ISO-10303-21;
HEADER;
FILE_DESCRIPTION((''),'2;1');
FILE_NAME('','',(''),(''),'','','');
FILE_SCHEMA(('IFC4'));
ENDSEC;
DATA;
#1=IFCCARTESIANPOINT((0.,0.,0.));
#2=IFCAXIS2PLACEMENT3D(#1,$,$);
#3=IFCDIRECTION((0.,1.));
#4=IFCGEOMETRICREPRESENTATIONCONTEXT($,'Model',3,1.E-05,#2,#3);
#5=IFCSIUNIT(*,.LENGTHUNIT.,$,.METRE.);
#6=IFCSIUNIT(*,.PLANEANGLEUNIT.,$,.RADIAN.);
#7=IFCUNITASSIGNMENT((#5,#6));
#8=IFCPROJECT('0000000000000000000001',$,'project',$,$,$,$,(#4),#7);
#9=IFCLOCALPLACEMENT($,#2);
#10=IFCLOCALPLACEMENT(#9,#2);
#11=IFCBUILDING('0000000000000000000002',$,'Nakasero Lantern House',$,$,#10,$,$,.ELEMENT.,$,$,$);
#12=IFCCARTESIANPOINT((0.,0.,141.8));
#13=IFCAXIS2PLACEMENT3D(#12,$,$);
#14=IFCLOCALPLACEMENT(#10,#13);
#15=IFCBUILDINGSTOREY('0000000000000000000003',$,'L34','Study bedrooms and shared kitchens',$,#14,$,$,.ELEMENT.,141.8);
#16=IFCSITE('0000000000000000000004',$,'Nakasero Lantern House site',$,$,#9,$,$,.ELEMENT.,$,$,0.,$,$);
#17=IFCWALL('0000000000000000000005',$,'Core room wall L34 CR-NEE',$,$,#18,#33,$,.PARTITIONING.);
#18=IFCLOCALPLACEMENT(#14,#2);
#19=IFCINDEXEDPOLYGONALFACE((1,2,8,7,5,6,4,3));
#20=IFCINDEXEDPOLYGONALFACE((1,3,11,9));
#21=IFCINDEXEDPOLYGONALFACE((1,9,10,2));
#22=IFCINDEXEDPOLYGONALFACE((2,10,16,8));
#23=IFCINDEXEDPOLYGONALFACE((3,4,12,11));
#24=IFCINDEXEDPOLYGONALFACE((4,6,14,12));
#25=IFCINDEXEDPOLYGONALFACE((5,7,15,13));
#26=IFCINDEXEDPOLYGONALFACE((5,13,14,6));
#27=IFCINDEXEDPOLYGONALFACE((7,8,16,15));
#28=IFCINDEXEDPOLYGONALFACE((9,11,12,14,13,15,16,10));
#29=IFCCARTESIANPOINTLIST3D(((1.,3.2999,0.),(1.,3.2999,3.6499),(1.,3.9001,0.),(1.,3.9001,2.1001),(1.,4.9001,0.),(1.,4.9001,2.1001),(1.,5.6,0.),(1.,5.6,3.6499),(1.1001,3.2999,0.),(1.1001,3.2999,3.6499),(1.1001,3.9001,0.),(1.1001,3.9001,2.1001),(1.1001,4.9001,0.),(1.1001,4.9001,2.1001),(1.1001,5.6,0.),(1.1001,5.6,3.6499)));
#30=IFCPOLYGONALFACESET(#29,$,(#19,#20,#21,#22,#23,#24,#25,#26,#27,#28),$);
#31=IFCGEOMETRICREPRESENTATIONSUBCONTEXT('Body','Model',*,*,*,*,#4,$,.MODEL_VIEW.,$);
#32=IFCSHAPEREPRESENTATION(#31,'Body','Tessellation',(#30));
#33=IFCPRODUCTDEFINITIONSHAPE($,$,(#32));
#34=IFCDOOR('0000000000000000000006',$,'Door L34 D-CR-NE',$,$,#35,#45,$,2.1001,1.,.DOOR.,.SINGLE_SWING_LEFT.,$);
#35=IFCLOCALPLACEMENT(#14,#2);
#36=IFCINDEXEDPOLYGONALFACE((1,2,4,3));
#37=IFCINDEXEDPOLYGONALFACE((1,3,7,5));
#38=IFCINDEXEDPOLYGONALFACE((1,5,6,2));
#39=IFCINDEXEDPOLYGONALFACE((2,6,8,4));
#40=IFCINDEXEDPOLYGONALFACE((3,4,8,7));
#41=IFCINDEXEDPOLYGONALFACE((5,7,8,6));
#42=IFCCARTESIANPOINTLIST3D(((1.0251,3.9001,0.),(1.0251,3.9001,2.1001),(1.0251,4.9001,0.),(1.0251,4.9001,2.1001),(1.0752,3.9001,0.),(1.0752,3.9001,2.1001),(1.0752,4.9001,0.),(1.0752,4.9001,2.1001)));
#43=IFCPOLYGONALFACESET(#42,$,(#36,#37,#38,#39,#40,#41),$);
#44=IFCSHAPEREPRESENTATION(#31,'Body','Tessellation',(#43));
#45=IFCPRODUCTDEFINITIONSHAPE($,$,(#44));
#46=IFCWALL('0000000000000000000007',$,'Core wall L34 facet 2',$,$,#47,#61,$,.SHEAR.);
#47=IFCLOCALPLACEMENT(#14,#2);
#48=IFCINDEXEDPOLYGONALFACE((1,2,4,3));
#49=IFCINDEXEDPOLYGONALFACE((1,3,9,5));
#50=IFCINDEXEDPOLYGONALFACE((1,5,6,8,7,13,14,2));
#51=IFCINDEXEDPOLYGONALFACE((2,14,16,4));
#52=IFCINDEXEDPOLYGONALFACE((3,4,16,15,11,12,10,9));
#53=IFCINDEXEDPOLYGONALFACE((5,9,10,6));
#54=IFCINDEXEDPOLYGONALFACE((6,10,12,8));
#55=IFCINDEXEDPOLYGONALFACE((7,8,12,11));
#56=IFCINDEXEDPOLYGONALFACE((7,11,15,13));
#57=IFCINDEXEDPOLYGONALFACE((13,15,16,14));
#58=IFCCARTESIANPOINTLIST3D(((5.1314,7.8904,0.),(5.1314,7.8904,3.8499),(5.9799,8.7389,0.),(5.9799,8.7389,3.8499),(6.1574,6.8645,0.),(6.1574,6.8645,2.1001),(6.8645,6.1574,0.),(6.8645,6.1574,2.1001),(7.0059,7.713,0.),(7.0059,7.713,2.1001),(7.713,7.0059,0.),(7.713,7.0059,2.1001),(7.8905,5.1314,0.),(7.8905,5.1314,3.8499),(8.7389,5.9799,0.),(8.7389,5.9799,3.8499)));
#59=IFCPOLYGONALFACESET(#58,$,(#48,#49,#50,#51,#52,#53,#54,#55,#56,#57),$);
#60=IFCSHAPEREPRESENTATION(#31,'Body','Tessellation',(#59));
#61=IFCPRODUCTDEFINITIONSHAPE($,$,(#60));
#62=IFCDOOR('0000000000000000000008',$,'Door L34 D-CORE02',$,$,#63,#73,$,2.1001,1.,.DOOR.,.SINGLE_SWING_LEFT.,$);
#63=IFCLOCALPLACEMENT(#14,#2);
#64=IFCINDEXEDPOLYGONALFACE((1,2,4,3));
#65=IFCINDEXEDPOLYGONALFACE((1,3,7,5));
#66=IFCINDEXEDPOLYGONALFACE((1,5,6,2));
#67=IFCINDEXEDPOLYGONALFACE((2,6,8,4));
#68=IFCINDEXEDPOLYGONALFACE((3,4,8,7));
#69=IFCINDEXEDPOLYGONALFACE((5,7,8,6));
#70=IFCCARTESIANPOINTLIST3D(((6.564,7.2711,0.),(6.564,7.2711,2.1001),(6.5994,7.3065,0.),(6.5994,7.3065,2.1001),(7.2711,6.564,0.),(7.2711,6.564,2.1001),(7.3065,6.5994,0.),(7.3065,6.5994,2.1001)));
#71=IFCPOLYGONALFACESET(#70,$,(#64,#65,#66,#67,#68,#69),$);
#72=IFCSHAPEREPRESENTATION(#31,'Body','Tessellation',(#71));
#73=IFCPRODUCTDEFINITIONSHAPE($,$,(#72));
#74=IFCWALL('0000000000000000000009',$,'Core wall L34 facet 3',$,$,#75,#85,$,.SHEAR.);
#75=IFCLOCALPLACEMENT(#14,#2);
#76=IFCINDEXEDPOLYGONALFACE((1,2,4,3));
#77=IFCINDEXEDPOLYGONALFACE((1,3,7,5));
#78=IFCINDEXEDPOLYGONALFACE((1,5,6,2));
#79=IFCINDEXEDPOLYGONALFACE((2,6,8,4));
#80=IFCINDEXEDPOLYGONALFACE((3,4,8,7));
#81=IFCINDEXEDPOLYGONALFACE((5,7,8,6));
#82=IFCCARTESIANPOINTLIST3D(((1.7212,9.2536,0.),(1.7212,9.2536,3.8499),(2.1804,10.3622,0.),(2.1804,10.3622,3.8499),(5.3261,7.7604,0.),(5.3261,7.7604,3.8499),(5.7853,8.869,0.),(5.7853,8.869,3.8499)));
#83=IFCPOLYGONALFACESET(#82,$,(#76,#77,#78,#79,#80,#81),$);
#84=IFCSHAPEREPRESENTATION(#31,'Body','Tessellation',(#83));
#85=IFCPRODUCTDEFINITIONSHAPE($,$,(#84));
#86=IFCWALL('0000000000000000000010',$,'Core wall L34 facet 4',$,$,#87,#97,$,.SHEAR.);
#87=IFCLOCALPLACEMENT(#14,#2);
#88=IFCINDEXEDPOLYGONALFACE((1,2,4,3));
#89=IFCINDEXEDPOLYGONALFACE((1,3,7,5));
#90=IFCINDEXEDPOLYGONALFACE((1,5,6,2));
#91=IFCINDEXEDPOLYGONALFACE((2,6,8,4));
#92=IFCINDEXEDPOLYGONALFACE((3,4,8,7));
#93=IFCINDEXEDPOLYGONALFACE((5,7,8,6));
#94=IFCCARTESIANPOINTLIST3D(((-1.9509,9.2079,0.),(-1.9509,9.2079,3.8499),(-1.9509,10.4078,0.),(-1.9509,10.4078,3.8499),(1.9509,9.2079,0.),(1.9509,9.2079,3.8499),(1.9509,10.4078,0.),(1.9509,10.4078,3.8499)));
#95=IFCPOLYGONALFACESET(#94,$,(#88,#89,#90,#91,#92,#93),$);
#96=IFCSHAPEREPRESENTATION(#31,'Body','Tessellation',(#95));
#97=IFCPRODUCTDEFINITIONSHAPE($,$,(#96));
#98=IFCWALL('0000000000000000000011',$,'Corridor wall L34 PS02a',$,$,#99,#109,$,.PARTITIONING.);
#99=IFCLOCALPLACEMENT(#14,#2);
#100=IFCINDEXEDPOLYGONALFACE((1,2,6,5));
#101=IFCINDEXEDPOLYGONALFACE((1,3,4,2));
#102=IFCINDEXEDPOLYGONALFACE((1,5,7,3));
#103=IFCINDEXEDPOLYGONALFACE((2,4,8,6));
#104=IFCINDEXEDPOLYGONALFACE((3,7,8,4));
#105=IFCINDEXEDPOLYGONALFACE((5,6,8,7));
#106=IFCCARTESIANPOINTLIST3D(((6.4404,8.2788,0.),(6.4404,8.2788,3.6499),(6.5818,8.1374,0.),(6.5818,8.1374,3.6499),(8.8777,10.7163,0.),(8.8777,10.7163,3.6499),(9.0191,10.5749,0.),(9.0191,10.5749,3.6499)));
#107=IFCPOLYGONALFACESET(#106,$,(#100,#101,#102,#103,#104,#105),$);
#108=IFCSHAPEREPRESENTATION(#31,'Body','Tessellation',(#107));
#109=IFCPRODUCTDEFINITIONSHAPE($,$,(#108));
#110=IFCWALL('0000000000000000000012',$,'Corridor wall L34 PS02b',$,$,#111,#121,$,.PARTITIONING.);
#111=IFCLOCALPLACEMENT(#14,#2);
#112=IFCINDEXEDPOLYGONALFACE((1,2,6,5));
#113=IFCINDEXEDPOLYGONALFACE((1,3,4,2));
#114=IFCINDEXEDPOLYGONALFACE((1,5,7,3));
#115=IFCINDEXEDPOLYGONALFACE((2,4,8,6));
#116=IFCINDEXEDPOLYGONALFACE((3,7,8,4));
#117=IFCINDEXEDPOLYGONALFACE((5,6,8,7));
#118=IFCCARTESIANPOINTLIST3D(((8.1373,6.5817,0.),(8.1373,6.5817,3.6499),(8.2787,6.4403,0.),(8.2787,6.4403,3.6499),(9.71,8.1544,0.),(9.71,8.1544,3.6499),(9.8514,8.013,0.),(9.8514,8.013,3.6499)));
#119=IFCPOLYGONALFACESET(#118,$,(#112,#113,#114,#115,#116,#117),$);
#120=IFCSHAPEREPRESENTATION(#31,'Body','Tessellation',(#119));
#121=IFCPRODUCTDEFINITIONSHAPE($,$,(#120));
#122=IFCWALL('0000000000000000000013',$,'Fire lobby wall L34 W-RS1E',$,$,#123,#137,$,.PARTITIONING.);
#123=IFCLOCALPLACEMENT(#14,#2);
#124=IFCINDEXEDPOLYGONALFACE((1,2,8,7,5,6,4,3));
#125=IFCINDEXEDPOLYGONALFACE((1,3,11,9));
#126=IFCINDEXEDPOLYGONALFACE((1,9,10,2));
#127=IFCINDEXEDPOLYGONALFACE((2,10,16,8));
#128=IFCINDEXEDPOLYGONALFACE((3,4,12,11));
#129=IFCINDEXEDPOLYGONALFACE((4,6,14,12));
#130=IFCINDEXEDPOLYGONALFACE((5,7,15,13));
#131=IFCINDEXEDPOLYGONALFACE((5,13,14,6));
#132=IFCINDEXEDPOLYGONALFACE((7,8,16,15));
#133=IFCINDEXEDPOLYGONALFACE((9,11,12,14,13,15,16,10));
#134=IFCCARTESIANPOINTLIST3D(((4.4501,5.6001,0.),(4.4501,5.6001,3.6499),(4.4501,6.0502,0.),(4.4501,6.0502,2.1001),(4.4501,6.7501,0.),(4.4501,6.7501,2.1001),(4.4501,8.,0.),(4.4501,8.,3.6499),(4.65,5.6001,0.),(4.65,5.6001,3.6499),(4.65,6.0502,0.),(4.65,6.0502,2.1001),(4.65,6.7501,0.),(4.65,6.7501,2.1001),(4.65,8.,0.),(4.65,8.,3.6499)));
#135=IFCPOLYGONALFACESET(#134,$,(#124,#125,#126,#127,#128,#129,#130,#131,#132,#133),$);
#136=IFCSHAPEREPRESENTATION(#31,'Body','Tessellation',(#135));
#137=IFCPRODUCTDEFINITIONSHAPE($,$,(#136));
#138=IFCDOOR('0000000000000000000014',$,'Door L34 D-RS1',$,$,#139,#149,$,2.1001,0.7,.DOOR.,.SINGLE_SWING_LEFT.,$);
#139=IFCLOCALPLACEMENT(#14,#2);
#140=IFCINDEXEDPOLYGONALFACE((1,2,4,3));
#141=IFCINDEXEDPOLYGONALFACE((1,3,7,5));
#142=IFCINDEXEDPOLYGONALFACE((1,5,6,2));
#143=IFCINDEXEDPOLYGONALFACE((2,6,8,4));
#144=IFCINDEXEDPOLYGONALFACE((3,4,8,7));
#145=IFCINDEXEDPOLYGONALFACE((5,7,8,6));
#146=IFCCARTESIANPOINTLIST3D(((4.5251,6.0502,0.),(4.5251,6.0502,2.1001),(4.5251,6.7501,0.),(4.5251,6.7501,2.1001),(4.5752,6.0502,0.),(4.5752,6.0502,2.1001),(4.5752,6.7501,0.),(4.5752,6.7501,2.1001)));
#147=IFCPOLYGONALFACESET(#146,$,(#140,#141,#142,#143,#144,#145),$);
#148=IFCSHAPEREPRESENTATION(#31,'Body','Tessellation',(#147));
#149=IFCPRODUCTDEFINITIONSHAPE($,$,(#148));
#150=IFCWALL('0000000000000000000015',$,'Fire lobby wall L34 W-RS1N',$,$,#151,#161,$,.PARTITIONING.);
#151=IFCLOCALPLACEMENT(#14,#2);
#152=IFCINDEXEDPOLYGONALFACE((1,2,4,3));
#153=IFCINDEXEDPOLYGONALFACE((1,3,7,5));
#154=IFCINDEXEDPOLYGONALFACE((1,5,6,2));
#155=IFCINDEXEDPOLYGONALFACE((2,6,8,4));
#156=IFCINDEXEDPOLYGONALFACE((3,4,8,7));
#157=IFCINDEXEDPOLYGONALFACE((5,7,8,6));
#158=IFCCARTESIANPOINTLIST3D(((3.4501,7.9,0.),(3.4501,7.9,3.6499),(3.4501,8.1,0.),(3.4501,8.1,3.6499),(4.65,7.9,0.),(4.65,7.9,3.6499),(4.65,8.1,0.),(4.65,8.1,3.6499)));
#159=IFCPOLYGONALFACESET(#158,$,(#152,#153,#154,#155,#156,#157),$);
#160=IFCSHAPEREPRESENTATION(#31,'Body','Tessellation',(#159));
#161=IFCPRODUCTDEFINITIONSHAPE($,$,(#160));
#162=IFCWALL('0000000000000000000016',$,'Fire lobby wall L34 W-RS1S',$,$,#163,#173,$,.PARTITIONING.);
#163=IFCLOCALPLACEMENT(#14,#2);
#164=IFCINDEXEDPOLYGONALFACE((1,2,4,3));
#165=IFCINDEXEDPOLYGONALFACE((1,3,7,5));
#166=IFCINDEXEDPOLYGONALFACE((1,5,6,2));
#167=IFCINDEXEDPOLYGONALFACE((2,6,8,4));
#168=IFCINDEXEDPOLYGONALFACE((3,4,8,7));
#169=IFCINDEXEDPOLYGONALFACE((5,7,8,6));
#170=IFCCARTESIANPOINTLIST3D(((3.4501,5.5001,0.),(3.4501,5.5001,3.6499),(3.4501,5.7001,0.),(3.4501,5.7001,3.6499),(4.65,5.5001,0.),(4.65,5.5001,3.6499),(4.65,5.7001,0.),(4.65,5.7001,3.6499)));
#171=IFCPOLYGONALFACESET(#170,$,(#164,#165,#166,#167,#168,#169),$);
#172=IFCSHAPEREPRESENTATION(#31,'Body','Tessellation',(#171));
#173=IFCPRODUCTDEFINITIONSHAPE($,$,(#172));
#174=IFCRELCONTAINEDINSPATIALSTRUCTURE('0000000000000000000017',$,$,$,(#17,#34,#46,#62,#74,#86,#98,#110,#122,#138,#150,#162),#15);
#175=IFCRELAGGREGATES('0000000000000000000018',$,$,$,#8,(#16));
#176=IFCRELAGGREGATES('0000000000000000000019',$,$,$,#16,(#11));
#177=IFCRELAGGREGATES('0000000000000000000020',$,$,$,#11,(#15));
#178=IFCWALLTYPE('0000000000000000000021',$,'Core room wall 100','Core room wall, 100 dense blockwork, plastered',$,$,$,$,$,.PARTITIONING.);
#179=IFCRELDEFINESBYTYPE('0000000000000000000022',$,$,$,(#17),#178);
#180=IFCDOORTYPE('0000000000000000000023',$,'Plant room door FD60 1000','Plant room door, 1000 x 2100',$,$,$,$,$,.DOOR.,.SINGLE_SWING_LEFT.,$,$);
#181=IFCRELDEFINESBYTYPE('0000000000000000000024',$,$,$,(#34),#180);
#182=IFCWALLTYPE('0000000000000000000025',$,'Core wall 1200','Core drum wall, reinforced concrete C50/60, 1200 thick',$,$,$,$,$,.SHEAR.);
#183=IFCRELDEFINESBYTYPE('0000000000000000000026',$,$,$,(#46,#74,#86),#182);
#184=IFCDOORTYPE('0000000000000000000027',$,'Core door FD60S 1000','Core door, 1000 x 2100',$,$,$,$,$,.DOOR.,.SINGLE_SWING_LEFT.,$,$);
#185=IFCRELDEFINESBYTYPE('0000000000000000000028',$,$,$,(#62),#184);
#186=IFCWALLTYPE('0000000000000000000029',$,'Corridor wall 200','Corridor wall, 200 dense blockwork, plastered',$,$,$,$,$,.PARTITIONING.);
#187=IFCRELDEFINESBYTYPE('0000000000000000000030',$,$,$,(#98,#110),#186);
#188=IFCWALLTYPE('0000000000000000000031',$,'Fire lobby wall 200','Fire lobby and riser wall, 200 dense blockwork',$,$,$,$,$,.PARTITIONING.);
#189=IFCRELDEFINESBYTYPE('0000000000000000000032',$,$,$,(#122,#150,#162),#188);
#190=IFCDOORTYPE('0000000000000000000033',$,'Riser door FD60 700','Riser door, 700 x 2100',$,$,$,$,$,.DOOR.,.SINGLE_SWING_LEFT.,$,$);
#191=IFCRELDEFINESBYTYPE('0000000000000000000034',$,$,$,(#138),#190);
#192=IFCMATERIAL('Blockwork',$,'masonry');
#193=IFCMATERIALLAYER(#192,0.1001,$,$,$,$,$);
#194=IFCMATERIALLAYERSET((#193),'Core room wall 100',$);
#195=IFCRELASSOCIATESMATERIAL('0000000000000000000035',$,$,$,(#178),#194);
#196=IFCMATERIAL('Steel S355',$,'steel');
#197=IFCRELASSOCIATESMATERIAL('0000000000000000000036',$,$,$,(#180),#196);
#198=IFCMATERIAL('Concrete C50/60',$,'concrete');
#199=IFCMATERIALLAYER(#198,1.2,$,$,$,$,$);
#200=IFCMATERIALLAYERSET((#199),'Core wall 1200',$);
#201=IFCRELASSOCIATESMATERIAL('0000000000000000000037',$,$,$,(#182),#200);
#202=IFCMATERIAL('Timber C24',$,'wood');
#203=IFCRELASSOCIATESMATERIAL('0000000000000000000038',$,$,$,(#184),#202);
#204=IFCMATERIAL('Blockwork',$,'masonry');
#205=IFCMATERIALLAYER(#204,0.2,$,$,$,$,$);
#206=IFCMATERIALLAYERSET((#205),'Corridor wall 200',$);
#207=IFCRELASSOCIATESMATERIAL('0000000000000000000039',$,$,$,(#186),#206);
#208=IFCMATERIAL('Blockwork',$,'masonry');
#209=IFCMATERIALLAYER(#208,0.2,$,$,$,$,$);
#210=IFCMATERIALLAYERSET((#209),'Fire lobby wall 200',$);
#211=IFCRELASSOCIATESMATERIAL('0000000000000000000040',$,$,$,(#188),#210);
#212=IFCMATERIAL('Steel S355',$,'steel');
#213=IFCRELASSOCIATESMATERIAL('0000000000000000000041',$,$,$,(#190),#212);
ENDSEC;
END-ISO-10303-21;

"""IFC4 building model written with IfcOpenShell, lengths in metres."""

from ifc_helpers import new_model, si_unit, direction, frame, frame_2d, origin, place, context, subcontext, project, spatial, rectangle, extrude, material, layer, layer_set, type_object, element, fill, save


model = new_model("IFC4")

# Units and contexts
model_context = context("Model", 3, precision=1e-05, world=origin(), true_north=direction((0.0, 1.0)))
body_context = subcontext(model_context, "Body", "Model", "MODEL_VIEW")
ifc_project = project(units=[si_unit("LENGTHUNIT", "METRE"), si_unit("PLANEANGLEUNIT", "RADIAN")], contexts=[model_context])

# Site, building, storey
site_placement = place(None, origin())
site = spatial("IfcSite", under=ifc_project, at=site_placement, Name="Nakasero Lantern House site", CompositionType="ELEMENT", RefElevation=0.0)
building_placement = place(site_placement, origin())
building = spatial("IfcBuilding", under=site, at=building_placement, Name="Nakasero Lantern House", CompositionType="ELEMENT")
storey_placement = place(building_placement, frame((0.0, 0.0, 141.8)))
storey = spatial("IfcBuildingStorey", under=building, at=storey_placement, Name="L34", Description="Study bedrooms and shared kitchens", CompositionType="ELEMENT", Elevation=141.8)

# Walls, openings, doors
ifc_material_1 = material(Name="Blockwork", Category="masonry")
ifc_layer_1 = layer(ifc_material_1, 0.1001)
ifc_layer_set_1 = layer_set([ifc_layer_1], Name="Core room wall 100")
wall_type_1 = type_object("IfcWallType", Name="Core room wall 100", Description="Core room wall, 100 dense blockwork, plastered", PredefinedType="PARTITIONING", material=ifc_layer_set_1)
wall_1_placement = place(storey_placement, frame((1.05, 3.3, 0.0), z_axis=(0.0, 0.0, 1.0), x_axis=(0.0, 1.0, 0.0)))
wall_1 = element("IfcWall", 1, at=wall_1_placement, inside=storey, type_object=wall_type_1, Name="Core room wall L34 CR-NEE", PredefinedType="PARTITIONING", context=body_context, shape_type="SweptSolid", body=[
    extrude(rectangle(XDim=2.3, YDim=0.1001, at=frame_2d((1.1499, 0.0))), origin(), (0.0, 0.0, 1.0), 3.6499),
])
opening_1_placement = place(wall_1_placement, frame((0.6001, 0.0, 0.0)))
opening_1 = element("IfcOpeningElement", 2, at=opening_1_placement, cuts=wall_1, PredefinedType="OPENING", context=body_context, shape_type="SweptSolid", body=[
    extrude(rectangle(XDim=1.0, YDim=2.1001, at=frame_2d((0.5, 1.05))), frame((0.0, 0.0701, 0.0), z_axis=(0.0, -1.0, 0.0), x_axis=(1.0, 0.0, 0.0)), (0.0, 0.0, 1.0), 0.1401),
])
ifc_material_2 = material(Name="Steel S355", Category="steel")
door_type_1 = type_object("IfcDoorType", Name="Plant room door FD60 1000", Description="Plant room door, 1000 x 2100", OperationType="SINGLE_SWING_LEFT", PredefinedType="DOOR", material=ifc_material_2)
door_1_placement = place(opening_1_placement, origin())
door_1 = element("IfcDoor", 3, at=door_1_placement, inside=storey, type_object=door_type_1, Name="Door L34 D-CR-NE", OperationType="SINGLE_SWING_LEFT", OverallHeight=2.1001, OverallWidth=1.0, PredefinedType="DOOR", context=body_context, shape_type="SweptSolid", body=[
    extrude(rectangle(XDim=1.0, YDim=2.1001, at=frame_2d((0.5, 1.05))), frame((0.0, 0.0249, 0.0), z_axis=(0.0, -1.0, 0.0), x_axis=(1.0, 0.0, 0.0)), (0.0, 0.0, 1.0), 0.05),
])
fill(opening_1, door_1)
ifc_material_3 = material(Name="Concrete C50/60", Category="concrete")
ifc_layer_2 = layer(ifc_material_3, 1.2)
ifc_layer_set_2 = layer_set([ifc_layer_2], Name="Core wall 1200")
wall_type_2 = type_object("IfcWallType", Name="Core wall 1200", Description="Core drum wall, reinforced concrete C50/60, 1200 thick", PredefinedType="SHEAR", material=ifc_layer_set_2)
wall_2_placement = place(storey_placement, frame((8.3147, 5.5557, 0.0), z_axis=(0.0, 0.0, 1.0), x_axis=(-0.707107, 0.707107, 0.0)))
wall_2 = element("IfcWall", 4, at=wall_2_placement, inside=storey, type_object=wall_type_2, Name="Core wall L34 facet 2", PredefinedType="SHEAR", context=body_context, shape_type="SweptSolid", body=[
    extrude(rectangle(XDim=3.9019, YDim=1.2, at=frame_2d((1.9509, 0.0))), origin(), (0.0, 0.0, 1.0), 3.8499),
])
opening_2_placement = place(wall_2_placement, frame((1.4509, 0.0, 0.0)))
opening_2 = element("IfcOpeningElement", 5, at=opening_2_placement, cuts=wall_2, PredefinedType="OPENING", context=body_context, shape_type="SweptSolid", body=[
    extrude(rectangle(XDim=1.0, YDim=2.1001, at=frame_2d((0.5, 1.05))), frame((0.0, 0.6199, 0.0), z_axis=(0.0, -1.0, 0.0), x_axis=(1.0, 0.0, 0.0)), (0.0, 0.0, 1.0), 1.24),
])
ifc_material_4 = material(Name="Timber C24", Category="wood")
door_type_2 = type_object("IfcDoorType", Name="Core door FD60S 1000", Description="Core door, 1000 x 2100", OperationType="SINGLE_SWING_LEFT", PredefinedType="DOOR", material=ifc_material_4)
door_2_placement = place(opening_2_placement, origin())
door_2 = element("IfcDoor", 6, at=door_2_placement, inside=storey, type_object=door_type_2, Name="Door L34 D-CORE02", OperationType="SINGLE_SWING_LEFT", OverallHeight=2.1001, OverallWidth=1.0, PredefinedType="DOOR", context=body_context, shape_type="SweptSolid", body=[
    extrude(rectangle(XDim=1.0, YDim=2.1001, at=frame_2d((0.5, 1.05))), frame((0.0, 0.0249, 0.0), z_axis=(0.0, -1.0, 0.0), x_axis=(1.0, 0.0, 0.0)), (0.0, 0.0, 1.0), 0.05),
])
fill(opening_2, door_2)

# Walls
for number, where, z_axis, x_axis, name in (
    (7, (5.5557, 8.3147, 0.0), (0.0, 0.0, 1.0), (-0.923877, 0.382691, 0.0), "Core wall L34 facet 3"),
    (8, (1.9509, 9.8079, 0.0), (0.0, 0.0, 1.0), (-1.0, 0.0, 0.0), "Core wall L34 facet 4"),
):
    element("IfcWall", number, at=place(storey_placement, frame(where, z_axis=z_axis, x_axis=x_axis)), inside=storey, type_object=wall_type_2, Name=name, PredefinedType="SHEAR", context=body_context, shape_type="SweptSolid", body=[
        extrude(rectangle(XDim=3.9019, YDim=1.2, at=frame_2d((1.9509, 0.0))), origin(), (0.0, 0.0, 1.0), 3.8499),
    ])
ifc_material_5 = material(Name="Blockwork", Category="masonry")
ifc_layer_3 = layer(ifc_material_5, 0.2)
ifc_layer_set_3 = layer_set([ifc_layer_3], Name="Corridor wall 200")
wall_type_3 = type_object("IfcWallType", Name="Corridor wall 200", Description="Corridor wall, 200 dense blockwork, plastered", PredefinedType="PARTITIONING", material=ifc_layer_set_3)
wall_3_placement = place(storey_placement, frame((6.511, 8.208, 0.0), z_axis=(0.0, 0.0, 1.0), x_axis=(0.707071, 0.707142, 0.0)))
element("IfcWall", 9, at=wall_3_placement, inside=storey, type_object=wall_type_3, Name="Corridor wall L34 PS02a", PredefinedType="PARTITIONING", context=body_context, shape_type="SweptSolid", body=[
    extrude(rectangle(XDim=3.447, YDim=0.2, at=frame_2d((1.7236, 0.0))), origin(), (0.0, 0.0, 1.0), 3.6499),
])
wall_4_placement = place(storey_placement, frame((8.208, 6.511, 0.0), z_axis=(0.0, 0.0, 1.0), x_axis=(0.707107, 0.707107, 0.0)))
element("IfcWall", 10, at=wall_4_placement, inside=storey, type_object=wall_type_3, Name="Corridor wall L34 PS02b", PredefinedType="PARTITIONING", context=body_context, shape_type="SweptSolid", body=[
    extrude(rectangle(XDim=2.2241, YDim=0.2, at=frame_2d((1.1121, 0.0))), origin(), (0.0, 0.0, 1.0), 3.6499),
])

# Wall, opening, door
ifc_material_6 = material(Name="Blockwork", Category="masonry")
ifc_layer_4 = layer(ifc_material_6, 0.2)
ifc_layer_set_4 = layer_set([ifc_layer_4], Name="Fire lobby wall 200")
wall_type_4 = type_object("IfcWallType", Name="Fire lobby wall 200", Description="Fire lobby and riser wall, 200 dense blockwork", PredefinedType="PARTITIONING", material=ifc_layer_set_4)
wall_5_placement = place(storey_placement, frame((4.55, 5.6001, 0.0), z_axis=(0.0, 0.0, 1.0), x_axis=(0.0, 1.0, 0.0)))
wall_5 = element("IfcWall", 11, at=wall_5_placement, inside=storey, type_object=wall_type_4, Name="Fire lobby wall L34 W-RS1E", PredefinedType="PARTITIONING", context=body_context, shape_type="SweptSolid", body=[
    extrude(rectangle(XDim=2.3999, YDim=0.2, at=frame_2d((1.2, 0.0))), origin(), (0.0, 0.0, 1.0), 3.6499),
])
opening_3_placement = place(wall_5_placement, frame((0.45, 0.0, 0.0)))
opening_3 = element("IfcOpeningElement", 12, at=opening_3_placement, cuts=wall_5, PredefinedType="OPENING", context=body_context, shape_type="SweptSolid", body=[
    extrude(rectangle(XDim=0.7, YDim=2.1001, at=frame_2d((0.3501, 1.05))), frame((0.0, 0.1199, 0.0), z_axis=(0.0, -1.0, 0.0), x_axis=(1.0, 0.0, 0.0)), (0.0, 0.0, 1.0), 0.24),
])
ifc_material_7 = material(Name="Steel S355", Category="steel")
door_type_3 = type_object("IfcDoorType", Name="Riser door FD60 700", Description="Riser door, 700 x 2100", OperationType="SINGLE_SWING_LEFT", PredefinedType="DOOR", material=ifc_material_7)
door_3_placement = place(opening_3_placement, origin())
door_3 = element("IfcDoor", 13, at=door_3_placement, inside=storey, type_object=door_type_3, Name="Door L34 D-RS1", OperationType="SINGLE_SWING_LEFT", OverallHeight=2.1001, OverallWidth=0.7, PredefinedType="DOOR", context=body_context, shape_type="SweptSolid", body=[
    extrude(rectangle(XDim=0.7, YDim=2.1001, at=frame_2d((0.3501, 1.05))), frame((0.0, 0.0249, 0.0), z_axis=(0.0, -1.0, 0.0), x_axis=(1.0, 0.0, 0.0)), (0.0, 0.0, 1.0), 0.05),
])
fill(opening_3, door_3)

# Walls
for number, where, z_axis, x_axis, name in (
    (14, (3.45, 8.0, 0.0), (0.0, 0.0, 1.0), (1.0, 0.0, 0.0), "Fire lobby wall L34 W-RS1N"),
    (15, (3.45, 5.6001, 0.0), (0.0, 0.0, 1.0), (1.0, 0.0, 0.0), "Fire lobby wall L34 W-RS1S"),
):
    element("IfcWall", number, at=place(storey_placement, frame(where, z_axis=z_axis, x_axis=x_axis)), inside=storey, type_object=wall_type_4, Name=name, PredefinedType="PARTITIONING", context=body_context, shape_type="SweptSolid", body=[
        extrude(rectangle(XDim=1.2, YDim=0.2, at=frame_2d((0.6001, 0.0))), origin(), (0.0, 0.0, 1.0), 3.6499),
    ])

save(model, "model.ifc")
